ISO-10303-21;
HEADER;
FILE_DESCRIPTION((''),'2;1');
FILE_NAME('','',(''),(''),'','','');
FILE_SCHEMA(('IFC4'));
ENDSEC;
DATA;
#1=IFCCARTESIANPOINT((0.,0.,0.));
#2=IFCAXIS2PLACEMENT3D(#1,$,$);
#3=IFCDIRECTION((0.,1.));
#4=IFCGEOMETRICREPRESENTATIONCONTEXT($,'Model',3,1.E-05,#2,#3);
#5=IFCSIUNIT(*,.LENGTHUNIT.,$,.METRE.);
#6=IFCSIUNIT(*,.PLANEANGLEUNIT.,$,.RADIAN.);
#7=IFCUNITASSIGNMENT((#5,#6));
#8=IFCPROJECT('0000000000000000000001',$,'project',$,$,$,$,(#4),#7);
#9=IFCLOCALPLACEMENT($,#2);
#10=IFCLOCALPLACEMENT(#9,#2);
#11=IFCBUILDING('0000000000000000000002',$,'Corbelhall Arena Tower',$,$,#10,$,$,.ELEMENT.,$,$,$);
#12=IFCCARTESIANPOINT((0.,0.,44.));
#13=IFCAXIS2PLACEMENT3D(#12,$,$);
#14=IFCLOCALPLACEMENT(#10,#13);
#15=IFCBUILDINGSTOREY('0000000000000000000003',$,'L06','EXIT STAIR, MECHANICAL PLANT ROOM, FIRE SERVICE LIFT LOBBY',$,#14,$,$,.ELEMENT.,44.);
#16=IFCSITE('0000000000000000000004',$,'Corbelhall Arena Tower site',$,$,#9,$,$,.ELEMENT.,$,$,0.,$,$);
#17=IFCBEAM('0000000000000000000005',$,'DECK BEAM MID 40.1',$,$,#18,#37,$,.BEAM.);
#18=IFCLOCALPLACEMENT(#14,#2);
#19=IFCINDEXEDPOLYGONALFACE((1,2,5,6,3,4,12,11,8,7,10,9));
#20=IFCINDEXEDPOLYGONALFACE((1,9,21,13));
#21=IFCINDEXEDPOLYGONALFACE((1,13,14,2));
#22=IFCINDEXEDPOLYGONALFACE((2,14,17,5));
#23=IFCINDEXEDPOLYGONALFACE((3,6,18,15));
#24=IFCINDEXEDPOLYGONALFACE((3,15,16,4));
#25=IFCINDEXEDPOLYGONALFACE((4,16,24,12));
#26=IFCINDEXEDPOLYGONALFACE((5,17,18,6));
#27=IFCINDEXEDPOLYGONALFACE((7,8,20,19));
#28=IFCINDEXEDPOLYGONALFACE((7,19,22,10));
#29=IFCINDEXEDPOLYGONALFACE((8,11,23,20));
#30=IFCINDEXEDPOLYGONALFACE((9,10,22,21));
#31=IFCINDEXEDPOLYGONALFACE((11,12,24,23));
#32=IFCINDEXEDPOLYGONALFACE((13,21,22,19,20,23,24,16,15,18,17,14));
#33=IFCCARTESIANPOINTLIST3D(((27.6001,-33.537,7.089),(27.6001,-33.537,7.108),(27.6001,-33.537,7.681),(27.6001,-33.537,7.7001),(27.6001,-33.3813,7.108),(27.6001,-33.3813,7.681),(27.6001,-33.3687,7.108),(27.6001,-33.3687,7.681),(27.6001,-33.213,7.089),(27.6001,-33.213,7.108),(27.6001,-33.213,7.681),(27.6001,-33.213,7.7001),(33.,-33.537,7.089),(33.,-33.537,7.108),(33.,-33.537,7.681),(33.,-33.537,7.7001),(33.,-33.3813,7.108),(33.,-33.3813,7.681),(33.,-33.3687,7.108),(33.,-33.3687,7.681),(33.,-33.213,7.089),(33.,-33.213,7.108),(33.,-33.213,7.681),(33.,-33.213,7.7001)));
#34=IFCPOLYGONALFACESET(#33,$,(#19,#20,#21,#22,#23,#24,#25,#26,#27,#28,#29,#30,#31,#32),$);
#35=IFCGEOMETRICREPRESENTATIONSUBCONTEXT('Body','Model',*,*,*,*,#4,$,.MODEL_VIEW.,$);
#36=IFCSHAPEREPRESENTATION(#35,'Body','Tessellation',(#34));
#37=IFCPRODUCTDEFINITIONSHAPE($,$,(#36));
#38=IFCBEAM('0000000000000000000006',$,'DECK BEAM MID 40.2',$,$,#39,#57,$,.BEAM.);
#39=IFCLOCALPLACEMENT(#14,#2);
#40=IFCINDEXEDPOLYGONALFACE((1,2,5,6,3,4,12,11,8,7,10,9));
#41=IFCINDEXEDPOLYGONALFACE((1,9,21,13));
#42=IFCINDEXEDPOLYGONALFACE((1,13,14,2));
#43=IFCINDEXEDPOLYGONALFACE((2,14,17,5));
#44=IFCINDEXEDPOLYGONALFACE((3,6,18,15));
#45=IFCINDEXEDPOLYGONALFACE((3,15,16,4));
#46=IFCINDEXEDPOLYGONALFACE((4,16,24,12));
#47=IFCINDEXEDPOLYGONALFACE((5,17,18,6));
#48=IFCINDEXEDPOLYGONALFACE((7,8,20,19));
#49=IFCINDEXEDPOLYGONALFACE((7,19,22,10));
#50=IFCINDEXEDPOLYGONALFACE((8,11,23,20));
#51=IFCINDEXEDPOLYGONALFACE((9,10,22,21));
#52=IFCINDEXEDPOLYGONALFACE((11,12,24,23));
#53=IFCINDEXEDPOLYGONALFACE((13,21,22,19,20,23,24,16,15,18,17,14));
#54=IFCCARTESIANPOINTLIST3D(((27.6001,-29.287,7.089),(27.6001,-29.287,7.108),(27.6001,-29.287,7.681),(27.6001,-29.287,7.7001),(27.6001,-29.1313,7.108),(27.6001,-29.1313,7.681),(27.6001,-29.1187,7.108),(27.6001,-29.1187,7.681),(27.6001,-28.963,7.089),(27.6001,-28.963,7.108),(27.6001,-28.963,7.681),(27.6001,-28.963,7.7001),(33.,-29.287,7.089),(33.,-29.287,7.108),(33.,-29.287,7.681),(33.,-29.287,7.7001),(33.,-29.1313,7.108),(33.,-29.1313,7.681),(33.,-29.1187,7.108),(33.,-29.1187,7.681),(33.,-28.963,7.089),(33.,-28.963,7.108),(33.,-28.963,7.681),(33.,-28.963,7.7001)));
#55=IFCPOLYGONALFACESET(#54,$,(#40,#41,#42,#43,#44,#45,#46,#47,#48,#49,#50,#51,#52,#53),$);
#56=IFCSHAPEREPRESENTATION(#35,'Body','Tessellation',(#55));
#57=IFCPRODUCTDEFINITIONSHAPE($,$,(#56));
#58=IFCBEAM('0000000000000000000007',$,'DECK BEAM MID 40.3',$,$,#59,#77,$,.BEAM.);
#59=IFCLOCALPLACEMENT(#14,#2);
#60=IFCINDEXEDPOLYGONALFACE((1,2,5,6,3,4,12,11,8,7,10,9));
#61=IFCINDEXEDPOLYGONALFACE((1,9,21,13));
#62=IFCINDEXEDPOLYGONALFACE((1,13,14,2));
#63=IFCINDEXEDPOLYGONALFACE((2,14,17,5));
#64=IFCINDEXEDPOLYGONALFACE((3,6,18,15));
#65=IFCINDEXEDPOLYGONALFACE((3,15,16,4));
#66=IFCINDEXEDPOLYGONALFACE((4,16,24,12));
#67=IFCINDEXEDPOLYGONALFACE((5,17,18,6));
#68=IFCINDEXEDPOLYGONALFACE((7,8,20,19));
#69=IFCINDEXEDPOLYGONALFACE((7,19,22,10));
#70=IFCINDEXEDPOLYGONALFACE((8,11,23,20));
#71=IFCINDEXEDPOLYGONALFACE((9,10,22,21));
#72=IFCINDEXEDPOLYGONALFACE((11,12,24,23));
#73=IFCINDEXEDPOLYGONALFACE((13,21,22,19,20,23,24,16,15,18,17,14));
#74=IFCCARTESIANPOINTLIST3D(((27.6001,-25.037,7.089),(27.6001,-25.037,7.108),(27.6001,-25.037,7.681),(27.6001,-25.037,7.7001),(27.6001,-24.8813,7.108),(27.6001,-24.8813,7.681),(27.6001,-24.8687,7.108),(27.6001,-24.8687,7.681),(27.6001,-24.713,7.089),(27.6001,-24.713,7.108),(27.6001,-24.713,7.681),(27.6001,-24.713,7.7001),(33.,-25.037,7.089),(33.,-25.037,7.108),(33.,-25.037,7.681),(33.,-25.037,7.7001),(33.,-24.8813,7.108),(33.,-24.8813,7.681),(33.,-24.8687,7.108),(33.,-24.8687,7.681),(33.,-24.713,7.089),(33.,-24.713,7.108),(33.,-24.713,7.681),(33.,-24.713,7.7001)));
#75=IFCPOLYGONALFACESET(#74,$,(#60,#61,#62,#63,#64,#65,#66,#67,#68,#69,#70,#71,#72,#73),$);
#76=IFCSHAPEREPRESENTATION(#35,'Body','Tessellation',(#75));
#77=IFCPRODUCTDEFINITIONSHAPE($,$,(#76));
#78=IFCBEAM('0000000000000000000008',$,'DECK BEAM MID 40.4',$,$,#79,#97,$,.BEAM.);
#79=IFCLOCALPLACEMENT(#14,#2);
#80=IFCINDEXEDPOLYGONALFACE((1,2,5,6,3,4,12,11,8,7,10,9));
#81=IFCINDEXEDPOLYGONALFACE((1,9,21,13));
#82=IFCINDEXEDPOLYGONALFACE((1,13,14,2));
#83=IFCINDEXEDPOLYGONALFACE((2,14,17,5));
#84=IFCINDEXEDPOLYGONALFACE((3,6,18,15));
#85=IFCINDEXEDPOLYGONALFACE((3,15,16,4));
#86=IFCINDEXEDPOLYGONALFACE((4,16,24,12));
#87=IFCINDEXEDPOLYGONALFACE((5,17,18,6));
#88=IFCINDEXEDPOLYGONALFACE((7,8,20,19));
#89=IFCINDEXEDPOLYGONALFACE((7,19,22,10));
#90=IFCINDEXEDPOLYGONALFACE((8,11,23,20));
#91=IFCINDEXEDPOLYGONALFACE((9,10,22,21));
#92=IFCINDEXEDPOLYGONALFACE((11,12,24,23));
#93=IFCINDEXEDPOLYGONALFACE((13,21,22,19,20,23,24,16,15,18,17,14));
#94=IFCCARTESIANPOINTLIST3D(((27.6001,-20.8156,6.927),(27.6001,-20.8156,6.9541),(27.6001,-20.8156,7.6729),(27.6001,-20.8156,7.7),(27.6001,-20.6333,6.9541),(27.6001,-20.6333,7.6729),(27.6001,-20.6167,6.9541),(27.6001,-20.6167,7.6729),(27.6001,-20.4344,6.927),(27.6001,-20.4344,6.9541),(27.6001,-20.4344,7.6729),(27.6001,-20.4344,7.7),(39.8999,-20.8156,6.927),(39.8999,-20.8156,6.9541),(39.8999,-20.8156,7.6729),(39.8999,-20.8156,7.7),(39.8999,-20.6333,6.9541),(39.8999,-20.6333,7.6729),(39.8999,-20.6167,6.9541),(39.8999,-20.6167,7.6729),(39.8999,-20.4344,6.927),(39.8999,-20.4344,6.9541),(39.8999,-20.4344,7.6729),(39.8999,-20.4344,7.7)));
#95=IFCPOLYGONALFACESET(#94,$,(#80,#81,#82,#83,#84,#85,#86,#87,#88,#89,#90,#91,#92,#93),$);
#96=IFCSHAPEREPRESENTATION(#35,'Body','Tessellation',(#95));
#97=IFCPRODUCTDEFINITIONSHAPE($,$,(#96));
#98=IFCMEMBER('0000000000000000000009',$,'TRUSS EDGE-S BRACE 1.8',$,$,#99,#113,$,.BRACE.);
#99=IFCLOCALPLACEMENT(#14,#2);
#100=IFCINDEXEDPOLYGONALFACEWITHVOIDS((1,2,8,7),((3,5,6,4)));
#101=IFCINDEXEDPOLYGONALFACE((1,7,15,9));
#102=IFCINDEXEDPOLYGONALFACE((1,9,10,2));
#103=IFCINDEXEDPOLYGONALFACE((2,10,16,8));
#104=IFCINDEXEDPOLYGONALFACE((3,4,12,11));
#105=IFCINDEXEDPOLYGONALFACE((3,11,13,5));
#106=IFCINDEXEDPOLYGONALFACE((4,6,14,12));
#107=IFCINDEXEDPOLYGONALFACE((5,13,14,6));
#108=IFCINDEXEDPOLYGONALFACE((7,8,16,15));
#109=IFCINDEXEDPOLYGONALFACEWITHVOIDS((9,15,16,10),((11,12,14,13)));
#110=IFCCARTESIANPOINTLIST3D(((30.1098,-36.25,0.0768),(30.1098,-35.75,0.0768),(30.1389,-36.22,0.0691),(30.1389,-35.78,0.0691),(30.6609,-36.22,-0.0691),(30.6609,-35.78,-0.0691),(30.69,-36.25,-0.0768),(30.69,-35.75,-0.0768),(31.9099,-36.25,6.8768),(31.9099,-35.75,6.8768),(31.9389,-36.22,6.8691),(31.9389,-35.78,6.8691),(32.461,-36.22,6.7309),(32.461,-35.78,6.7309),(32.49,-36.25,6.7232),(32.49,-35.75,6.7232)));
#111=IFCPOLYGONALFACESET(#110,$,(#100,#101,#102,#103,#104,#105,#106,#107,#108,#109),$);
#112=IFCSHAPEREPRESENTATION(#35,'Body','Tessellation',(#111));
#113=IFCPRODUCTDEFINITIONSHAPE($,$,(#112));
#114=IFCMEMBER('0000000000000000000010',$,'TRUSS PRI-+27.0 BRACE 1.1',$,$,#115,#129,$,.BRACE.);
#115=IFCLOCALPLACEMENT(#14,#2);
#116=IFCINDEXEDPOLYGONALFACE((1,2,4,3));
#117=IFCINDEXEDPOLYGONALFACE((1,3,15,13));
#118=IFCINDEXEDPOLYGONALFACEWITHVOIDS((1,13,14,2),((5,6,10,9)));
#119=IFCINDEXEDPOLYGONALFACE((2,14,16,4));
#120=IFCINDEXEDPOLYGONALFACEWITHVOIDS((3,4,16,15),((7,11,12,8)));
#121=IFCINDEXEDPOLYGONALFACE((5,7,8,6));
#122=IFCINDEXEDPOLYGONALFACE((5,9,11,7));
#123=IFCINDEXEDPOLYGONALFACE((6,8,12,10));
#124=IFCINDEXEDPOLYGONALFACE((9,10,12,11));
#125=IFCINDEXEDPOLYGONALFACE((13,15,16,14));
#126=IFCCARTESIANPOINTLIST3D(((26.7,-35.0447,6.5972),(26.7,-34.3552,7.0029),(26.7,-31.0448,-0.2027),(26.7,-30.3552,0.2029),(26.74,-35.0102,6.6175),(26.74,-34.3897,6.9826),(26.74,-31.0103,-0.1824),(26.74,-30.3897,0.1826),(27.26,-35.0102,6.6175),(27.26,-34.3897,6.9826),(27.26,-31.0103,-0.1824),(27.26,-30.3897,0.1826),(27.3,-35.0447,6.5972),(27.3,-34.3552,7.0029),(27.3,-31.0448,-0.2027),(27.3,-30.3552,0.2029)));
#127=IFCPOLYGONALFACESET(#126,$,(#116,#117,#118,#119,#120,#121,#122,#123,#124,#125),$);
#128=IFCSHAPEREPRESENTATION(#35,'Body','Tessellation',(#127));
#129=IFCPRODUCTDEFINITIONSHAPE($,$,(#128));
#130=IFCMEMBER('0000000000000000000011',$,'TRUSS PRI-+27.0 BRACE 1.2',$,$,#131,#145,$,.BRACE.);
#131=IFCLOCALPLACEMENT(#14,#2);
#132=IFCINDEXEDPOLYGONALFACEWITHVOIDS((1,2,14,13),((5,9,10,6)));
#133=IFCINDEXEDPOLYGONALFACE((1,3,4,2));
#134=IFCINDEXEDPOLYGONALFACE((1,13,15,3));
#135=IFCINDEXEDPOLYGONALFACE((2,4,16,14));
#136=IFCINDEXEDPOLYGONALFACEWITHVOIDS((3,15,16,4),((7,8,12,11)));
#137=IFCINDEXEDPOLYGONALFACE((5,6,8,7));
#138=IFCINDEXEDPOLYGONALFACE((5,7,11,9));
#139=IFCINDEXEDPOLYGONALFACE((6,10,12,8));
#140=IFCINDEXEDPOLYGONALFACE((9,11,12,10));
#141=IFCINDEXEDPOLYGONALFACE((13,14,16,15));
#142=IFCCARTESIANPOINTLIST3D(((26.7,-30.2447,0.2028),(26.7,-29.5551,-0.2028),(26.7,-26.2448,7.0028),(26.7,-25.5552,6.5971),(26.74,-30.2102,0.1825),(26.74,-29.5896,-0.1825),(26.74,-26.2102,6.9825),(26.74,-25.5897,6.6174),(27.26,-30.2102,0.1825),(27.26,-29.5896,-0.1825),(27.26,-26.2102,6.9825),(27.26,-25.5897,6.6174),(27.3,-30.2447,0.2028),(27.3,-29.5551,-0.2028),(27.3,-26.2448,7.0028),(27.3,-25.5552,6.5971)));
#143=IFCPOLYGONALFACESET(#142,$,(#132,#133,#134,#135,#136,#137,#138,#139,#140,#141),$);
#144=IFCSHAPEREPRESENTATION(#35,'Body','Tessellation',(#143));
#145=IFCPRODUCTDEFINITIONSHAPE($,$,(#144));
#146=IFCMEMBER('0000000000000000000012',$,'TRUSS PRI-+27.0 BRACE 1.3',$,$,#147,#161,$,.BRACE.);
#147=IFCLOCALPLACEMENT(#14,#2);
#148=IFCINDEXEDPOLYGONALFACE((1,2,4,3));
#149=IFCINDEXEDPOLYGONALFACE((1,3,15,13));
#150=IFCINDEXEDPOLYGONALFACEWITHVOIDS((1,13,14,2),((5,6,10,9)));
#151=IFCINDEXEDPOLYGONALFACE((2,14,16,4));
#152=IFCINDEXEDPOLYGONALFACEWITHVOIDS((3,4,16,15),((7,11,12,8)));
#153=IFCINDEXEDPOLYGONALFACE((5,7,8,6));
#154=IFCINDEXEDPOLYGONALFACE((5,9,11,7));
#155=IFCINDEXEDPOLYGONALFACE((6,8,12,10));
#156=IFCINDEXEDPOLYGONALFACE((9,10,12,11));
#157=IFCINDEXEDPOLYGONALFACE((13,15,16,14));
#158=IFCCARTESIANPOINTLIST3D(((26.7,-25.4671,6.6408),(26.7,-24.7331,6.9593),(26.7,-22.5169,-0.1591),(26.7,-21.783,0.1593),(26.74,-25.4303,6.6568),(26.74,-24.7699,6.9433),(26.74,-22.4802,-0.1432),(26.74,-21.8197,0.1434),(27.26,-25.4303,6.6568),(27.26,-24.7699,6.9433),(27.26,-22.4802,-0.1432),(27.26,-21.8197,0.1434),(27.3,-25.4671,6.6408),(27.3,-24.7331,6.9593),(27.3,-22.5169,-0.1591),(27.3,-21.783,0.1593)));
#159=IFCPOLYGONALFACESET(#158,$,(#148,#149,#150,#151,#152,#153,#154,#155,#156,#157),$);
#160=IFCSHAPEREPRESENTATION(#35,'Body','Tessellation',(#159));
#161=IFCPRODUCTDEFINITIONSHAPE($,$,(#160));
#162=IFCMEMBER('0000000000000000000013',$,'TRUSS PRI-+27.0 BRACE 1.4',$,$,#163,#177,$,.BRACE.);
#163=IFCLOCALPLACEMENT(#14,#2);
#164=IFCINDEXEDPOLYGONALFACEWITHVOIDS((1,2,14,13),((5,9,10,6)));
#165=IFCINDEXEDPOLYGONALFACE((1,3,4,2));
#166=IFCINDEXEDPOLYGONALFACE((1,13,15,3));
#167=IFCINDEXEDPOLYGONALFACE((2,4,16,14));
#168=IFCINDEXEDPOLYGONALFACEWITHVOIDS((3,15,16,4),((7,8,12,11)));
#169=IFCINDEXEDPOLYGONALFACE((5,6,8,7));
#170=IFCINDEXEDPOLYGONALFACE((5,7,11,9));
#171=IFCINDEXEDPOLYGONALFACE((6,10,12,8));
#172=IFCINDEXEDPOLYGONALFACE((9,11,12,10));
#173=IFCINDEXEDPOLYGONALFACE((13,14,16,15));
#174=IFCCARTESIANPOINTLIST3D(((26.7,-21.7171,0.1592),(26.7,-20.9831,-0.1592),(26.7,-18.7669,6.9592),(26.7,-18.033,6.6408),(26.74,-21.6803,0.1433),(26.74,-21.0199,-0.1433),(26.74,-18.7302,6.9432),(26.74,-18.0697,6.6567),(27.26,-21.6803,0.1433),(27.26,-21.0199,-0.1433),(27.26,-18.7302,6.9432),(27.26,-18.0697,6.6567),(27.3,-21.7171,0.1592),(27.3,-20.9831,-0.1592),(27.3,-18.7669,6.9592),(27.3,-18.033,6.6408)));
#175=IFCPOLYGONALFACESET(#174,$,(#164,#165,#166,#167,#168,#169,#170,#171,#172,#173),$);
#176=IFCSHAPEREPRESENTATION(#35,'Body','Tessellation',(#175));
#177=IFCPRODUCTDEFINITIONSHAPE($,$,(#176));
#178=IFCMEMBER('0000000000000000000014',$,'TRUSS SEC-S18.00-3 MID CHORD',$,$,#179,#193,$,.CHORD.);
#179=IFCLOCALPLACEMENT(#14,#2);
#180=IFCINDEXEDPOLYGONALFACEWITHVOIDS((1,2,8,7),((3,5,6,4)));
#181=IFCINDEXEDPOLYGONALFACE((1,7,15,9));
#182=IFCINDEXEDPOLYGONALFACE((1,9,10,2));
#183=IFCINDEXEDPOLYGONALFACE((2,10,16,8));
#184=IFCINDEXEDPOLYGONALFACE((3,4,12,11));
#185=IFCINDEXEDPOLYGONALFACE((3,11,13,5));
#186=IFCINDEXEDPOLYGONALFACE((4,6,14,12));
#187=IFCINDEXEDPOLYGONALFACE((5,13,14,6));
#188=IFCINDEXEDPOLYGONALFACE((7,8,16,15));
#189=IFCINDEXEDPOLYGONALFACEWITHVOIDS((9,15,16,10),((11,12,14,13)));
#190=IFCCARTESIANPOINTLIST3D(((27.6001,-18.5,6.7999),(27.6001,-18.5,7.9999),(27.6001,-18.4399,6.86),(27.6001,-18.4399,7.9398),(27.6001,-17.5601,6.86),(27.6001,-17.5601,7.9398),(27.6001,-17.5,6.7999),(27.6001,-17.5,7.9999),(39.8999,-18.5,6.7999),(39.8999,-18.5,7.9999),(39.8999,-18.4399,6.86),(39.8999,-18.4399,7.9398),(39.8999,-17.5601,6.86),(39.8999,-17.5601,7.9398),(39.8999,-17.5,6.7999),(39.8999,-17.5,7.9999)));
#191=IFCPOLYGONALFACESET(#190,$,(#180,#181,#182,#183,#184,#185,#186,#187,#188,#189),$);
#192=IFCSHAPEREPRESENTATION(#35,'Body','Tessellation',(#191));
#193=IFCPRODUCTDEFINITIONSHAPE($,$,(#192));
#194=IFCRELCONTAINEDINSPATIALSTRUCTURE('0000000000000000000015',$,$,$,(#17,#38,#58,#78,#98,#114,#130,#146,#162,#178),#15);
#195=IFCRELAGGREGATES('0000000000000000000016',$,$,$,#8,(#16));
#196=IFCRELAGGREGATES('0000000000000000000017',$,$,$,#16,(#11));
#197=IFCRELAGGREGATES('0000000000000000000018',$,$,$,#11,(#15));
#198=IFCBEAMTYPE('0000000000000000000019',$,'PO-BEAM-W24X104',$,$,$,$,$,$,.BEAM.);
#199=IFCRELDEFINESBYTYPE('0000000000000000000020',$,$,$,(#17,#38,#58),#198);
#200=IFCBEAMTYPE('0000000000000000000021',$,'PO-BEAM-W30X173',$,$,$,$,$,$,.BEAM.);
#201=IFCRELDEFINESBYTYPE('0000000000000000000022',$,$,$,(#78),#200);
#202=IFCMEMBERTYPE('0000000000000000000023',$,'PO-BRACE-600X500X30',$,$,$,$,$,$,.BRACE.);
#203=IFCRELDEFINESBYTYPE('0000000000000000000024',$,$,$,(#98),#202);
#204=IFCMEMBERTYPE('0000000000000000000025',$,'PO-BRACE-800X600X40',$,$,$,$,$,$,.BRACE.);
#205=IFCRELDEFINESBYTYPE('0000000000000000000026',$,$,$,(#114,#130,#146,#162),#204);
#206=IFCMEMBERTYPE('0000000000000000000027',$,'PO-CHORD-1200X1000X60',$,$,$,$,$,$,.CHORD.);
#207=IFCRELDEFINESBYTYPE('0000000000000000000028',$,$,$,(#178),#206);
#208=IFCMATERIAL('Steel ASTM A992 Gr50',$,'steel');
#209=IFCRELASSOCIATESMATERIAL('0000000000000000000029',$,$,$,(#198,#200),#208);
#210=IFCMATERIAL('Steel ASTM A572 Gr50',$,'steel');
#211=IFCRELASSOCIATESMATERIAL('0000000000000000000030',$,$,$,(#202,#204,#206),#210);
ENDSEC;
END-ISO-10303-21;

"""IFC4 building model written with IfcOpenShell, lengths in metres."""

from ifc_helpers import new_model, si_unit, direction, frame, origin, origin_2d, place, context, subcontext, project, spatial, hollow_rectangle, i_section, extrude, material, material_profile, profile_set, type_object, element, save


model = new_model("IFC4")

# Units and contexts
model_context = context("Model", 3, precision=1e-05, world=origin(), true_north=direction((0.0, 1.0)))
body_context = subcontext(model_context, "Body", "Model", "MODEL_VIEW")
ifc_project = project(units=[si_unit("LENGTHUNIT", "METRE"), si_unit("PLANEANGLEUNIT", "RADIAN")], contexts=[model_context])

# Site, building, storey
site_placement = place(None, origin())
site = spatial("IfcSite", under=ifc_project, at=site_placement, Name="Corbelhall Arena Tower site", CompositionType="ELEMENT", RefElevation=0.0)
building_placement = place(site_placement, origin())
building = spatial("IfcBuilding", under=site, at=building_placement, Name="Corbelhall Arena Tower", CompositionType="ELEMENT")
storey_placement = place(building_placement, frame((0.0, 0.0, 44.0)))
storey = spatial("IfcBuildingStorey", under=building, at=storey_placement, Name="L06", Description="EXIT STAIR, MECHANICAL PLANT ROOM, FIRE SERVICE LIFT LOBBY", CompositionType="ELEMENT", Elevation=44.0)

# Beams
ifc_material_1 = material(Name="Steel ASTM A992 Gr50", Category="steel")
ifc_material_profile_1 = material_profile(ifc_material_1, i_section(OverallWidth=0.324, OverallDepth=0.6111, WebThickness=0.0127, FlangeThickness=0.019, at=origin_2d()))
ifc_profile_set_1 = profile_set([ifc_material_profile_1], Name="Steel ASTM A992 Gr50")
beam_type_1 = type_object("IfcBeamType", Name="PO-BEAM-W24X104", PredefinedType="BEAM", material=ifc_profile_set_1)
for number, where, z_axis, x_axis, name in (
    (1, (27.6001, -33.375, 7.3945), (1.0, 0.0, 0.0), (0.0, 1.0, 0.0), "DECK BEAM MID 40.1"),
    (2, (27.6001, -29.125, 7.3945), (1.0, 0.0, 0.0), (0.0, 1.0, 0.0), "DECK BEAM MID 40.2"),
    (3, (27.6001, -24.875, 7.3945), (1.0, 0.0, 0.0), (0.0, 1.0, 0.0), "DECK BEAM MID 40.3"),
):
    element("IfcBeam", number, at=place(storey_placement, frame(where, z_axis=z_axis, x_axis=x_axis)), inside=storey, type_object=beam_type_1, Name=name, PredefinedType="BEAM", context=body_context, shape_type="SweptSolid", body=[
        extrude(i_section(OverallWidth=0.324, OverallDepth=0.6111, WebThickness=0.0127, FlangeThickness=0.019, at=origin_2d()), origin(), (0.0, 0.0, 1.0), 5.3999),
    ])
ifc_material_profile_2 = material_profile(ifc_material_1, i_section(OverallWidth=0.3811, OverallDepth=0.7729, WebThickness=0.0166, FlangeThickness=0.0271, at=origin_2d()))
ifc_profile_set_2 = profile_set([ifc_material_profile_2], Name="Steel ASTM A992 Gr50")
beam_type_2 = type_object("IfcBeamType", Name="PO-BEAM-W30X173", PredefinedType="BEAM", material=ifc_profile_set_2)
beam_placement = place(storey_placement, frame((27.6001, -20.625, 7.3135), z_axis=(1.0, 0.0, 0.0), x_axis=(0.0, 1.0, 0.0)))
element("IfcBeam", 4, at=beam_placement, inside=storey, type_object=beam_type_2, Name="DECK BEAM MID 40.4", PredefinedType="BEAM", context=body_context, shape_type="SweptSolid", body=[
    extrude(i_section(OverallWidth=0.3811, OverallDepth=0.7729, WebThickness=0.0166, FlangeThickness=0.0271, at=origin_2d()), origin(), (0.0, 0.0, 1.0), 12.2998),
])

# Members
ifc_material_2 = material(Name="Steel ASTM A572 Gr50", Category="steel")
ifc_material_profile_3 = material_profile(ifc_material_2, hollow_rectangle(XDim=0.5, YDim=0.6001, WallThickness=0.03, at=origin_2d()))
ifc_profile_set_3 = profile_set([ifc_material_profile_3], Name="Steel ASTM A572 Gr50")
member_type_1 = type_object("IfcMemberType", Name="PO-BRACE-600X500X30", PredefinedType="BRACE", material=ifc_profile_set_3)
member_1_placement = place(storey_placement, frame((30.3999, -36.0, 0.0), z_axis=(0.255897, 0.0, 0.966704), x_axis=(0.0, 1.0, 0.0)))
element("IfcMember", 5, at=member_1_placement, inside=storey, type_object=member_type_1, Name="TRUSS EDGE-S BRACE 1.8", PredefinedType="BRACE", context=body_context, shape_type="SweptSolid", body=[
    extrude(hollow_rectangle(XDim=0.5, YDim=0.6001, WallThickness=0.03, at=origin_2d()), origin(), (0.0, 0.0, 1.0), 7.0342),
])
ifc_material_profile_4 = material_profile(ifc_material_2, hollow_rectangle(XDim=0.6001, YDim=0.8, WallThickness=0.04, at=origin_2d()))
ifc_profile_set_4 = profile_set([ifc_material_profile_4], Name="Steel ASTM A572 Gr50")
member_type_2 = type_object("IfcMemberType", Name="PO-BRACE-800X600X40", PredefinedType="BRACE", material=ifc_profile_set_4)
for number, where, z_axis, x_axis, name in (
    (6, (27.0, -34.7, 6.8), (0.0, 0.507017, -0.861936), (-1.0, 0.0, 0.0), "TRUSS PRI-+27.0 BRACE 1.1"),
    (7, (27.0, -29.8999, 0.0), (0.0, 0.507017, 0.861936), (-1.0, 0.0, 0.0), "TRUSS PRI-+27.0 BRACE 1.2"),
):
    element("IfcMember", number, at=place(storey_placement, frame(where, z_axis=z_axis, x_axis=x_axis)), inside=storey, type_object=member_type_2, Name=name, PredefinedType="BRACE", context=body_context, shape_type="SweptSolid", body=[
        extrude(hollow_rectangle(XDim=0.6001, YDim=0.8, WallThickness=0.04, at=origin_2d()), origin(), (0.0, 0.0, 1.0), 7.8892),
    ])
for number, where, z_axis, x_axis, name in (
    (8, (27.0, -25.1001, 6.8), (0.0, 0.398006, -0.917383), (-1.0, 0.0, 0.0), "TRUSS PRI-+27.0 BRACE 1.3"),
    (9, (27.0, -21.3501, 0.0), (0.0, 0.398006, 0.917383), (-1.0, 0.0, 0.0), "TRUSS PRI-+27.0 BRACE 1.4"),
):
    element("IfcMember", number, at=place(storey_placement, frame(where, z_axis=z_axis, x_axis=x_axis)), inside=storey, type_object=member_type_2, Name=name, PredefinedType="BRACE", context=body_context, shape_type="SweptSolid", body=[
        extrude(hollow_rectangle(XDim=0.6001, YDim=0.8, WallThickness=0.04, at=origin_2d()), origin(), (0.0, 0.0, 1.0), 7.4124),
    ])
ifc_material_profile_5 = material_profile(ifc_material_2, hollow_rectangle(XDim=1.0, YDim=1.2, WallThickness=0.0601, at=origin_2d()))
ifc_profile_set_5 = profile_set([ifc_material_profile_5], Name="Steel ASTM A572 Gr50")
member_type_3 = type_object("IfcMemberType", Name="PO-CHORD-1200X1000X60", PredefinedType="CHORD", material=ifc_profile_set_5)
member_2_placement = place(storey_placement, frame((27.6001, -18.0, 7.3999), z_axis=(1.0, 0.0, 0.0), x_axis=(0.0, 1.0, 0.0)))
element("IfcMember", 10, at=member_2_placement, inside=storey, type_object=member_type_3, Name="TRUSS SEC-S18.00-3 MID CHORD", PredefinedType="CHORD", context=body_context, shape_type="SweptSolid", body=[
    extrude(hollow_rectangle(XDim=1.0, YDim=1.2, WallThickness=0.0601, at=origin_2d()), origin(), (0.0, 0.0, 1.0), 12.2998),
])

save(model, "model.ifc")
